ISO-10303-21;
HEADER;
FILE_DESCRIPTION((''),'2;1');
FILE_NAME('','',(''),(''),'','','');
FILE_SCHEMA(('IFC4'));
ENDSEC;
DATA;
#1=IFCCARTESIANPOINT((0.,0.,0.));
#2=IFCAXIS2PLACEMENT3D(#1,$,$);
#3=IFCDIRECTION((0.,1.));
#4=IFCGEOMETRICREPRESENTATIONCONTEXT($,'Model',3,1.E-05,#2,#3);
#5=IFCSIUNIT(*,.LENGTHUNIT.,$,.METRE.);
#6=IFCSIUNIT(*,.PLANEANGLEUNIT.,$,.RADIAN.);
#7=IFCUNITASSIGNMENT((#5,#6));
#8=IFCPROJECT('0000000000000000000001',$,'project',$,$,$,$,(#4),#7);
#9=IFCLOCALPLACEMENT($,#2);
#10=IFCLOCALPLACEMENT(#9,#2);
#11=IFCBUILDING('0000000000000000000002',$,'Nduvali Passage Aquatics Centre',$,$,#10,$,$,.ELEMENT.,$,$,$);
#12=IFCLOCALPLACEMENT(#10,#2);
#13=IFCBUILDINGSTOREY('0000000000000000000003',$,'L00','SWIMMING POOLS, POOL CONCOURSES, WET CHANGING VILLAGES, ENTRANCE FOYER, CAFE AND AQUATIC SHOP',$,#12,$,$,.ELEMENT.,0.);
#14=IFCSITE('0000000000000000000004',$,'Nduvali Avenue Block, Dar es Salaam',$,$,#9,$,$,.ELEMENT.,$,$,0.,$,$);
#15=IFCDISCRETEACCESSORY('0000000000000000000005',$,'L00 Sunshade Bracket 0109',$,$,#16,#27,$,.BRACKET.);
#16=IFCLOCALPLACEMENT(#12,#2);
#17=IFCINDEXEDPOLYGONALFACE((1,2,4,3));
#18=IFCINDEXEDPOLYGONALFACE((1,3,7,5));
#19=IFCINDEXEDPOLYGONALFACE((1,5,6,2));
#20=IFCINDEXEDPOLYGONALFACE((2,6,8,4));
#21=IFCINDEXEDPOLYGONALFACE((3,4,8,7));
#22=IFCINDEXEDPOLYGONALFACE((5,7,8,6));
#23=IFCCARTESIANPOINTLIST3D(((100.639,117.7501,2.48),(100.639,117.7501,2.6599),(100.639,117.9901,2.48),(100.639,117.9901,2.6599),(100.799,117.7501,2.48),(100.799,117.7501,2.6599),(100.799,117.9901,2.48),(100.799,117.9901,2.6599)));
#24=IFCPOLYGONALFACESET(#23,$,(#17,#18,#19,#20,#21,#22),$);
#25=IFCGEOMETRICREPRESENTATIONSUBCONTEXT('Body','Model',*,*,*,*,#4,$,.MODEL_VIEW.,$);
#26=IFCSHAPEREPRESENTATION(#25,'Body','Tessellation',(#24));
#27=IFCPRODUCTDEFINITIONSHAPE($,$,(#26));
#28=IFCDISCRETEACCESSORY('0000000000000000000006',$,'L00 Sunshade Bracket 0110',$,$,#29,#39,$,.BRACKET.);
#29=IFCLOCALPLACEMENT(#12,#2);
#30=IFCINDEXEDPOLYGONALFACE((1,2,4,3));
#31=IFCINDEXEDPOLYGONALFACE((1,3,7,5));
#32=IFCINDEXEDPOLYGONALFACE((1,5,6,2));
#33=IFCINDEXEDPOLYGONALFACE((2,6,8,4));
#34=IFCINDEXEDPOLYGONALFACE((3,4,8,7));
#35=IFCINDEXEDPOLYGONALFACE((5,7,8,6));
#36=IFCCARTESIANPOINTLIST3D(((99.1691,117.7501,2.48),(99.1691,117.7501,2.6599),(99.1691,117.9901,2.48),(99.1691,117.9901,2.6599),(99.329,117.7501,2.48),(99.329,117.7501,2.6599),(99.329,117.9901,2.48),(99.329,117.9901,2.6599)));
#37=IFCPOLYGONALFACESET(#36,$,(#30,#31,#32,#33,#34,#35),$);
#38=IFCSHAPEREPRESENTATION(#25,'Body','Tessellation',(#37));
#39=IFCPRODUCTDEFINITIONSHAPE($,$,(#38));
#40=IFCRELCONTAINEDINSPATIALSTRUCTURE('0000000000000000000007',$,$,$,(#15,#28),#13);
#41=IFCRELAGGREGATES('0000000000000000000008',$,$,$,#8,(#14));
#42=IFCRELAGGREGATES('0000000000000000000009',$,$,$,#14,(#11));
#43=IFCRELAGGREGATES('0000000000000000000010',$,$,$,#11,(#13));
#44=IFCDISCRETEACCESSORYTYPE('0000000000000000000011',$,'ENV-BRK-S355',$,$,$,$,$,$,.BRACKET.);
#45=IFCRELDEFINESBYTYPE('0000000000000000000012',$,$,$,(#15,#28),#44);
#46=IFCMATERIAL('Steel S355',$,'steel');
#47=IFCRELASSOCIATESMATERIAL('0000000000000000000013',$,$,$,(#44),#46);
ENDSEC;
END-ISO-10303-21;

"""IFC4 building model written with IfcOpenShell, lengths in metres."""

from ifc_helpers import new_model, si_unit, direction, frame, origin, origin_2d, place, context, subcontext, project, spatial, rectangle, extrude, material, type_object, element, save


model = new_model("IFC4")

# Units and contexts
model_context = context("Model", 3, precision=1e-05, world=origin(), true_north=direction((0.0, 1.0)))
body_context = subcontext(model_context, "Body", "Model", "MODEL_VIEW")
ifc_project = project(units=[si_unit("LENGTHUNIT", "METRE"), si_unit("PLANEANGLEUNIT", "RADIAN")], contexts=[model_context])

# Site, building, storey
site_placement = place(None, origin())
site = spatial("IfcSite", under=ifc_project, at=site_placement, Name="Nduvali Avenue Block, Dar es Salaam", CompositionType="ELEMENT", RefElevation=0.0)
building_placement = place(site_placement, origin())
building = spatial("IfcBuilding", under=site, at=building_placement, Name="Nduvali Passage Aquatics Centre", CompositionType="ELEMENT")
storey_placement = place(building_placement, origin())
storey = spatial("IfcBuildingStorey", under=building, at=storey_placement, Name="L00", Description="SWIMMING POOLS, POOL CONCOURSES, WET CHANGING VILLAGES, ENTRANCE FOYER, CAFE AND AQUATIC SHOP", CompositionType="ELEMENT", Elevation=0.0)

# Shared definitions
ifc_material_1 = material(Name="Steel S355", Category="steel")

# Discrete accessories
discrete_accessory_type = type_object("IfcDiscreteAccessoryType", Name="ENV-BRK-S355", PredefinedType="BRACKET", material=ifc_material_1)
for number, where, z_axis, x_axis, name in (
    (1, (100.719, 117.8701, 2.48), (0.0, 0.0, 1.0), (-1.0, 0.0, 0.0), "L00 Sunshade Bracket 0109"),
    (2, (99.249, 117.8701, 2.48), (0.0, 0.0, 1.0), (-1.0, 0.0, 0.0), "L00 Sunshade Bracket 0110"),
):
    element("IfcDiscreteAccessory", number, at=place(storey_placement, frame(where, z_axis=z_axis, x_axis=x_axis)), inside=storey, type_object=discrete_accessory_type, Name=name, PredefinedType="BRACKET", context=body_context, shape_type="SweptSolid", body=[
        extrude(rectangle(XDim=0.1599, YDim=0.24, at=origin_2d()), origin(), (0.0, 0.0, 1.0), 0.1799),
    ])

save(model, "model.ifc")
